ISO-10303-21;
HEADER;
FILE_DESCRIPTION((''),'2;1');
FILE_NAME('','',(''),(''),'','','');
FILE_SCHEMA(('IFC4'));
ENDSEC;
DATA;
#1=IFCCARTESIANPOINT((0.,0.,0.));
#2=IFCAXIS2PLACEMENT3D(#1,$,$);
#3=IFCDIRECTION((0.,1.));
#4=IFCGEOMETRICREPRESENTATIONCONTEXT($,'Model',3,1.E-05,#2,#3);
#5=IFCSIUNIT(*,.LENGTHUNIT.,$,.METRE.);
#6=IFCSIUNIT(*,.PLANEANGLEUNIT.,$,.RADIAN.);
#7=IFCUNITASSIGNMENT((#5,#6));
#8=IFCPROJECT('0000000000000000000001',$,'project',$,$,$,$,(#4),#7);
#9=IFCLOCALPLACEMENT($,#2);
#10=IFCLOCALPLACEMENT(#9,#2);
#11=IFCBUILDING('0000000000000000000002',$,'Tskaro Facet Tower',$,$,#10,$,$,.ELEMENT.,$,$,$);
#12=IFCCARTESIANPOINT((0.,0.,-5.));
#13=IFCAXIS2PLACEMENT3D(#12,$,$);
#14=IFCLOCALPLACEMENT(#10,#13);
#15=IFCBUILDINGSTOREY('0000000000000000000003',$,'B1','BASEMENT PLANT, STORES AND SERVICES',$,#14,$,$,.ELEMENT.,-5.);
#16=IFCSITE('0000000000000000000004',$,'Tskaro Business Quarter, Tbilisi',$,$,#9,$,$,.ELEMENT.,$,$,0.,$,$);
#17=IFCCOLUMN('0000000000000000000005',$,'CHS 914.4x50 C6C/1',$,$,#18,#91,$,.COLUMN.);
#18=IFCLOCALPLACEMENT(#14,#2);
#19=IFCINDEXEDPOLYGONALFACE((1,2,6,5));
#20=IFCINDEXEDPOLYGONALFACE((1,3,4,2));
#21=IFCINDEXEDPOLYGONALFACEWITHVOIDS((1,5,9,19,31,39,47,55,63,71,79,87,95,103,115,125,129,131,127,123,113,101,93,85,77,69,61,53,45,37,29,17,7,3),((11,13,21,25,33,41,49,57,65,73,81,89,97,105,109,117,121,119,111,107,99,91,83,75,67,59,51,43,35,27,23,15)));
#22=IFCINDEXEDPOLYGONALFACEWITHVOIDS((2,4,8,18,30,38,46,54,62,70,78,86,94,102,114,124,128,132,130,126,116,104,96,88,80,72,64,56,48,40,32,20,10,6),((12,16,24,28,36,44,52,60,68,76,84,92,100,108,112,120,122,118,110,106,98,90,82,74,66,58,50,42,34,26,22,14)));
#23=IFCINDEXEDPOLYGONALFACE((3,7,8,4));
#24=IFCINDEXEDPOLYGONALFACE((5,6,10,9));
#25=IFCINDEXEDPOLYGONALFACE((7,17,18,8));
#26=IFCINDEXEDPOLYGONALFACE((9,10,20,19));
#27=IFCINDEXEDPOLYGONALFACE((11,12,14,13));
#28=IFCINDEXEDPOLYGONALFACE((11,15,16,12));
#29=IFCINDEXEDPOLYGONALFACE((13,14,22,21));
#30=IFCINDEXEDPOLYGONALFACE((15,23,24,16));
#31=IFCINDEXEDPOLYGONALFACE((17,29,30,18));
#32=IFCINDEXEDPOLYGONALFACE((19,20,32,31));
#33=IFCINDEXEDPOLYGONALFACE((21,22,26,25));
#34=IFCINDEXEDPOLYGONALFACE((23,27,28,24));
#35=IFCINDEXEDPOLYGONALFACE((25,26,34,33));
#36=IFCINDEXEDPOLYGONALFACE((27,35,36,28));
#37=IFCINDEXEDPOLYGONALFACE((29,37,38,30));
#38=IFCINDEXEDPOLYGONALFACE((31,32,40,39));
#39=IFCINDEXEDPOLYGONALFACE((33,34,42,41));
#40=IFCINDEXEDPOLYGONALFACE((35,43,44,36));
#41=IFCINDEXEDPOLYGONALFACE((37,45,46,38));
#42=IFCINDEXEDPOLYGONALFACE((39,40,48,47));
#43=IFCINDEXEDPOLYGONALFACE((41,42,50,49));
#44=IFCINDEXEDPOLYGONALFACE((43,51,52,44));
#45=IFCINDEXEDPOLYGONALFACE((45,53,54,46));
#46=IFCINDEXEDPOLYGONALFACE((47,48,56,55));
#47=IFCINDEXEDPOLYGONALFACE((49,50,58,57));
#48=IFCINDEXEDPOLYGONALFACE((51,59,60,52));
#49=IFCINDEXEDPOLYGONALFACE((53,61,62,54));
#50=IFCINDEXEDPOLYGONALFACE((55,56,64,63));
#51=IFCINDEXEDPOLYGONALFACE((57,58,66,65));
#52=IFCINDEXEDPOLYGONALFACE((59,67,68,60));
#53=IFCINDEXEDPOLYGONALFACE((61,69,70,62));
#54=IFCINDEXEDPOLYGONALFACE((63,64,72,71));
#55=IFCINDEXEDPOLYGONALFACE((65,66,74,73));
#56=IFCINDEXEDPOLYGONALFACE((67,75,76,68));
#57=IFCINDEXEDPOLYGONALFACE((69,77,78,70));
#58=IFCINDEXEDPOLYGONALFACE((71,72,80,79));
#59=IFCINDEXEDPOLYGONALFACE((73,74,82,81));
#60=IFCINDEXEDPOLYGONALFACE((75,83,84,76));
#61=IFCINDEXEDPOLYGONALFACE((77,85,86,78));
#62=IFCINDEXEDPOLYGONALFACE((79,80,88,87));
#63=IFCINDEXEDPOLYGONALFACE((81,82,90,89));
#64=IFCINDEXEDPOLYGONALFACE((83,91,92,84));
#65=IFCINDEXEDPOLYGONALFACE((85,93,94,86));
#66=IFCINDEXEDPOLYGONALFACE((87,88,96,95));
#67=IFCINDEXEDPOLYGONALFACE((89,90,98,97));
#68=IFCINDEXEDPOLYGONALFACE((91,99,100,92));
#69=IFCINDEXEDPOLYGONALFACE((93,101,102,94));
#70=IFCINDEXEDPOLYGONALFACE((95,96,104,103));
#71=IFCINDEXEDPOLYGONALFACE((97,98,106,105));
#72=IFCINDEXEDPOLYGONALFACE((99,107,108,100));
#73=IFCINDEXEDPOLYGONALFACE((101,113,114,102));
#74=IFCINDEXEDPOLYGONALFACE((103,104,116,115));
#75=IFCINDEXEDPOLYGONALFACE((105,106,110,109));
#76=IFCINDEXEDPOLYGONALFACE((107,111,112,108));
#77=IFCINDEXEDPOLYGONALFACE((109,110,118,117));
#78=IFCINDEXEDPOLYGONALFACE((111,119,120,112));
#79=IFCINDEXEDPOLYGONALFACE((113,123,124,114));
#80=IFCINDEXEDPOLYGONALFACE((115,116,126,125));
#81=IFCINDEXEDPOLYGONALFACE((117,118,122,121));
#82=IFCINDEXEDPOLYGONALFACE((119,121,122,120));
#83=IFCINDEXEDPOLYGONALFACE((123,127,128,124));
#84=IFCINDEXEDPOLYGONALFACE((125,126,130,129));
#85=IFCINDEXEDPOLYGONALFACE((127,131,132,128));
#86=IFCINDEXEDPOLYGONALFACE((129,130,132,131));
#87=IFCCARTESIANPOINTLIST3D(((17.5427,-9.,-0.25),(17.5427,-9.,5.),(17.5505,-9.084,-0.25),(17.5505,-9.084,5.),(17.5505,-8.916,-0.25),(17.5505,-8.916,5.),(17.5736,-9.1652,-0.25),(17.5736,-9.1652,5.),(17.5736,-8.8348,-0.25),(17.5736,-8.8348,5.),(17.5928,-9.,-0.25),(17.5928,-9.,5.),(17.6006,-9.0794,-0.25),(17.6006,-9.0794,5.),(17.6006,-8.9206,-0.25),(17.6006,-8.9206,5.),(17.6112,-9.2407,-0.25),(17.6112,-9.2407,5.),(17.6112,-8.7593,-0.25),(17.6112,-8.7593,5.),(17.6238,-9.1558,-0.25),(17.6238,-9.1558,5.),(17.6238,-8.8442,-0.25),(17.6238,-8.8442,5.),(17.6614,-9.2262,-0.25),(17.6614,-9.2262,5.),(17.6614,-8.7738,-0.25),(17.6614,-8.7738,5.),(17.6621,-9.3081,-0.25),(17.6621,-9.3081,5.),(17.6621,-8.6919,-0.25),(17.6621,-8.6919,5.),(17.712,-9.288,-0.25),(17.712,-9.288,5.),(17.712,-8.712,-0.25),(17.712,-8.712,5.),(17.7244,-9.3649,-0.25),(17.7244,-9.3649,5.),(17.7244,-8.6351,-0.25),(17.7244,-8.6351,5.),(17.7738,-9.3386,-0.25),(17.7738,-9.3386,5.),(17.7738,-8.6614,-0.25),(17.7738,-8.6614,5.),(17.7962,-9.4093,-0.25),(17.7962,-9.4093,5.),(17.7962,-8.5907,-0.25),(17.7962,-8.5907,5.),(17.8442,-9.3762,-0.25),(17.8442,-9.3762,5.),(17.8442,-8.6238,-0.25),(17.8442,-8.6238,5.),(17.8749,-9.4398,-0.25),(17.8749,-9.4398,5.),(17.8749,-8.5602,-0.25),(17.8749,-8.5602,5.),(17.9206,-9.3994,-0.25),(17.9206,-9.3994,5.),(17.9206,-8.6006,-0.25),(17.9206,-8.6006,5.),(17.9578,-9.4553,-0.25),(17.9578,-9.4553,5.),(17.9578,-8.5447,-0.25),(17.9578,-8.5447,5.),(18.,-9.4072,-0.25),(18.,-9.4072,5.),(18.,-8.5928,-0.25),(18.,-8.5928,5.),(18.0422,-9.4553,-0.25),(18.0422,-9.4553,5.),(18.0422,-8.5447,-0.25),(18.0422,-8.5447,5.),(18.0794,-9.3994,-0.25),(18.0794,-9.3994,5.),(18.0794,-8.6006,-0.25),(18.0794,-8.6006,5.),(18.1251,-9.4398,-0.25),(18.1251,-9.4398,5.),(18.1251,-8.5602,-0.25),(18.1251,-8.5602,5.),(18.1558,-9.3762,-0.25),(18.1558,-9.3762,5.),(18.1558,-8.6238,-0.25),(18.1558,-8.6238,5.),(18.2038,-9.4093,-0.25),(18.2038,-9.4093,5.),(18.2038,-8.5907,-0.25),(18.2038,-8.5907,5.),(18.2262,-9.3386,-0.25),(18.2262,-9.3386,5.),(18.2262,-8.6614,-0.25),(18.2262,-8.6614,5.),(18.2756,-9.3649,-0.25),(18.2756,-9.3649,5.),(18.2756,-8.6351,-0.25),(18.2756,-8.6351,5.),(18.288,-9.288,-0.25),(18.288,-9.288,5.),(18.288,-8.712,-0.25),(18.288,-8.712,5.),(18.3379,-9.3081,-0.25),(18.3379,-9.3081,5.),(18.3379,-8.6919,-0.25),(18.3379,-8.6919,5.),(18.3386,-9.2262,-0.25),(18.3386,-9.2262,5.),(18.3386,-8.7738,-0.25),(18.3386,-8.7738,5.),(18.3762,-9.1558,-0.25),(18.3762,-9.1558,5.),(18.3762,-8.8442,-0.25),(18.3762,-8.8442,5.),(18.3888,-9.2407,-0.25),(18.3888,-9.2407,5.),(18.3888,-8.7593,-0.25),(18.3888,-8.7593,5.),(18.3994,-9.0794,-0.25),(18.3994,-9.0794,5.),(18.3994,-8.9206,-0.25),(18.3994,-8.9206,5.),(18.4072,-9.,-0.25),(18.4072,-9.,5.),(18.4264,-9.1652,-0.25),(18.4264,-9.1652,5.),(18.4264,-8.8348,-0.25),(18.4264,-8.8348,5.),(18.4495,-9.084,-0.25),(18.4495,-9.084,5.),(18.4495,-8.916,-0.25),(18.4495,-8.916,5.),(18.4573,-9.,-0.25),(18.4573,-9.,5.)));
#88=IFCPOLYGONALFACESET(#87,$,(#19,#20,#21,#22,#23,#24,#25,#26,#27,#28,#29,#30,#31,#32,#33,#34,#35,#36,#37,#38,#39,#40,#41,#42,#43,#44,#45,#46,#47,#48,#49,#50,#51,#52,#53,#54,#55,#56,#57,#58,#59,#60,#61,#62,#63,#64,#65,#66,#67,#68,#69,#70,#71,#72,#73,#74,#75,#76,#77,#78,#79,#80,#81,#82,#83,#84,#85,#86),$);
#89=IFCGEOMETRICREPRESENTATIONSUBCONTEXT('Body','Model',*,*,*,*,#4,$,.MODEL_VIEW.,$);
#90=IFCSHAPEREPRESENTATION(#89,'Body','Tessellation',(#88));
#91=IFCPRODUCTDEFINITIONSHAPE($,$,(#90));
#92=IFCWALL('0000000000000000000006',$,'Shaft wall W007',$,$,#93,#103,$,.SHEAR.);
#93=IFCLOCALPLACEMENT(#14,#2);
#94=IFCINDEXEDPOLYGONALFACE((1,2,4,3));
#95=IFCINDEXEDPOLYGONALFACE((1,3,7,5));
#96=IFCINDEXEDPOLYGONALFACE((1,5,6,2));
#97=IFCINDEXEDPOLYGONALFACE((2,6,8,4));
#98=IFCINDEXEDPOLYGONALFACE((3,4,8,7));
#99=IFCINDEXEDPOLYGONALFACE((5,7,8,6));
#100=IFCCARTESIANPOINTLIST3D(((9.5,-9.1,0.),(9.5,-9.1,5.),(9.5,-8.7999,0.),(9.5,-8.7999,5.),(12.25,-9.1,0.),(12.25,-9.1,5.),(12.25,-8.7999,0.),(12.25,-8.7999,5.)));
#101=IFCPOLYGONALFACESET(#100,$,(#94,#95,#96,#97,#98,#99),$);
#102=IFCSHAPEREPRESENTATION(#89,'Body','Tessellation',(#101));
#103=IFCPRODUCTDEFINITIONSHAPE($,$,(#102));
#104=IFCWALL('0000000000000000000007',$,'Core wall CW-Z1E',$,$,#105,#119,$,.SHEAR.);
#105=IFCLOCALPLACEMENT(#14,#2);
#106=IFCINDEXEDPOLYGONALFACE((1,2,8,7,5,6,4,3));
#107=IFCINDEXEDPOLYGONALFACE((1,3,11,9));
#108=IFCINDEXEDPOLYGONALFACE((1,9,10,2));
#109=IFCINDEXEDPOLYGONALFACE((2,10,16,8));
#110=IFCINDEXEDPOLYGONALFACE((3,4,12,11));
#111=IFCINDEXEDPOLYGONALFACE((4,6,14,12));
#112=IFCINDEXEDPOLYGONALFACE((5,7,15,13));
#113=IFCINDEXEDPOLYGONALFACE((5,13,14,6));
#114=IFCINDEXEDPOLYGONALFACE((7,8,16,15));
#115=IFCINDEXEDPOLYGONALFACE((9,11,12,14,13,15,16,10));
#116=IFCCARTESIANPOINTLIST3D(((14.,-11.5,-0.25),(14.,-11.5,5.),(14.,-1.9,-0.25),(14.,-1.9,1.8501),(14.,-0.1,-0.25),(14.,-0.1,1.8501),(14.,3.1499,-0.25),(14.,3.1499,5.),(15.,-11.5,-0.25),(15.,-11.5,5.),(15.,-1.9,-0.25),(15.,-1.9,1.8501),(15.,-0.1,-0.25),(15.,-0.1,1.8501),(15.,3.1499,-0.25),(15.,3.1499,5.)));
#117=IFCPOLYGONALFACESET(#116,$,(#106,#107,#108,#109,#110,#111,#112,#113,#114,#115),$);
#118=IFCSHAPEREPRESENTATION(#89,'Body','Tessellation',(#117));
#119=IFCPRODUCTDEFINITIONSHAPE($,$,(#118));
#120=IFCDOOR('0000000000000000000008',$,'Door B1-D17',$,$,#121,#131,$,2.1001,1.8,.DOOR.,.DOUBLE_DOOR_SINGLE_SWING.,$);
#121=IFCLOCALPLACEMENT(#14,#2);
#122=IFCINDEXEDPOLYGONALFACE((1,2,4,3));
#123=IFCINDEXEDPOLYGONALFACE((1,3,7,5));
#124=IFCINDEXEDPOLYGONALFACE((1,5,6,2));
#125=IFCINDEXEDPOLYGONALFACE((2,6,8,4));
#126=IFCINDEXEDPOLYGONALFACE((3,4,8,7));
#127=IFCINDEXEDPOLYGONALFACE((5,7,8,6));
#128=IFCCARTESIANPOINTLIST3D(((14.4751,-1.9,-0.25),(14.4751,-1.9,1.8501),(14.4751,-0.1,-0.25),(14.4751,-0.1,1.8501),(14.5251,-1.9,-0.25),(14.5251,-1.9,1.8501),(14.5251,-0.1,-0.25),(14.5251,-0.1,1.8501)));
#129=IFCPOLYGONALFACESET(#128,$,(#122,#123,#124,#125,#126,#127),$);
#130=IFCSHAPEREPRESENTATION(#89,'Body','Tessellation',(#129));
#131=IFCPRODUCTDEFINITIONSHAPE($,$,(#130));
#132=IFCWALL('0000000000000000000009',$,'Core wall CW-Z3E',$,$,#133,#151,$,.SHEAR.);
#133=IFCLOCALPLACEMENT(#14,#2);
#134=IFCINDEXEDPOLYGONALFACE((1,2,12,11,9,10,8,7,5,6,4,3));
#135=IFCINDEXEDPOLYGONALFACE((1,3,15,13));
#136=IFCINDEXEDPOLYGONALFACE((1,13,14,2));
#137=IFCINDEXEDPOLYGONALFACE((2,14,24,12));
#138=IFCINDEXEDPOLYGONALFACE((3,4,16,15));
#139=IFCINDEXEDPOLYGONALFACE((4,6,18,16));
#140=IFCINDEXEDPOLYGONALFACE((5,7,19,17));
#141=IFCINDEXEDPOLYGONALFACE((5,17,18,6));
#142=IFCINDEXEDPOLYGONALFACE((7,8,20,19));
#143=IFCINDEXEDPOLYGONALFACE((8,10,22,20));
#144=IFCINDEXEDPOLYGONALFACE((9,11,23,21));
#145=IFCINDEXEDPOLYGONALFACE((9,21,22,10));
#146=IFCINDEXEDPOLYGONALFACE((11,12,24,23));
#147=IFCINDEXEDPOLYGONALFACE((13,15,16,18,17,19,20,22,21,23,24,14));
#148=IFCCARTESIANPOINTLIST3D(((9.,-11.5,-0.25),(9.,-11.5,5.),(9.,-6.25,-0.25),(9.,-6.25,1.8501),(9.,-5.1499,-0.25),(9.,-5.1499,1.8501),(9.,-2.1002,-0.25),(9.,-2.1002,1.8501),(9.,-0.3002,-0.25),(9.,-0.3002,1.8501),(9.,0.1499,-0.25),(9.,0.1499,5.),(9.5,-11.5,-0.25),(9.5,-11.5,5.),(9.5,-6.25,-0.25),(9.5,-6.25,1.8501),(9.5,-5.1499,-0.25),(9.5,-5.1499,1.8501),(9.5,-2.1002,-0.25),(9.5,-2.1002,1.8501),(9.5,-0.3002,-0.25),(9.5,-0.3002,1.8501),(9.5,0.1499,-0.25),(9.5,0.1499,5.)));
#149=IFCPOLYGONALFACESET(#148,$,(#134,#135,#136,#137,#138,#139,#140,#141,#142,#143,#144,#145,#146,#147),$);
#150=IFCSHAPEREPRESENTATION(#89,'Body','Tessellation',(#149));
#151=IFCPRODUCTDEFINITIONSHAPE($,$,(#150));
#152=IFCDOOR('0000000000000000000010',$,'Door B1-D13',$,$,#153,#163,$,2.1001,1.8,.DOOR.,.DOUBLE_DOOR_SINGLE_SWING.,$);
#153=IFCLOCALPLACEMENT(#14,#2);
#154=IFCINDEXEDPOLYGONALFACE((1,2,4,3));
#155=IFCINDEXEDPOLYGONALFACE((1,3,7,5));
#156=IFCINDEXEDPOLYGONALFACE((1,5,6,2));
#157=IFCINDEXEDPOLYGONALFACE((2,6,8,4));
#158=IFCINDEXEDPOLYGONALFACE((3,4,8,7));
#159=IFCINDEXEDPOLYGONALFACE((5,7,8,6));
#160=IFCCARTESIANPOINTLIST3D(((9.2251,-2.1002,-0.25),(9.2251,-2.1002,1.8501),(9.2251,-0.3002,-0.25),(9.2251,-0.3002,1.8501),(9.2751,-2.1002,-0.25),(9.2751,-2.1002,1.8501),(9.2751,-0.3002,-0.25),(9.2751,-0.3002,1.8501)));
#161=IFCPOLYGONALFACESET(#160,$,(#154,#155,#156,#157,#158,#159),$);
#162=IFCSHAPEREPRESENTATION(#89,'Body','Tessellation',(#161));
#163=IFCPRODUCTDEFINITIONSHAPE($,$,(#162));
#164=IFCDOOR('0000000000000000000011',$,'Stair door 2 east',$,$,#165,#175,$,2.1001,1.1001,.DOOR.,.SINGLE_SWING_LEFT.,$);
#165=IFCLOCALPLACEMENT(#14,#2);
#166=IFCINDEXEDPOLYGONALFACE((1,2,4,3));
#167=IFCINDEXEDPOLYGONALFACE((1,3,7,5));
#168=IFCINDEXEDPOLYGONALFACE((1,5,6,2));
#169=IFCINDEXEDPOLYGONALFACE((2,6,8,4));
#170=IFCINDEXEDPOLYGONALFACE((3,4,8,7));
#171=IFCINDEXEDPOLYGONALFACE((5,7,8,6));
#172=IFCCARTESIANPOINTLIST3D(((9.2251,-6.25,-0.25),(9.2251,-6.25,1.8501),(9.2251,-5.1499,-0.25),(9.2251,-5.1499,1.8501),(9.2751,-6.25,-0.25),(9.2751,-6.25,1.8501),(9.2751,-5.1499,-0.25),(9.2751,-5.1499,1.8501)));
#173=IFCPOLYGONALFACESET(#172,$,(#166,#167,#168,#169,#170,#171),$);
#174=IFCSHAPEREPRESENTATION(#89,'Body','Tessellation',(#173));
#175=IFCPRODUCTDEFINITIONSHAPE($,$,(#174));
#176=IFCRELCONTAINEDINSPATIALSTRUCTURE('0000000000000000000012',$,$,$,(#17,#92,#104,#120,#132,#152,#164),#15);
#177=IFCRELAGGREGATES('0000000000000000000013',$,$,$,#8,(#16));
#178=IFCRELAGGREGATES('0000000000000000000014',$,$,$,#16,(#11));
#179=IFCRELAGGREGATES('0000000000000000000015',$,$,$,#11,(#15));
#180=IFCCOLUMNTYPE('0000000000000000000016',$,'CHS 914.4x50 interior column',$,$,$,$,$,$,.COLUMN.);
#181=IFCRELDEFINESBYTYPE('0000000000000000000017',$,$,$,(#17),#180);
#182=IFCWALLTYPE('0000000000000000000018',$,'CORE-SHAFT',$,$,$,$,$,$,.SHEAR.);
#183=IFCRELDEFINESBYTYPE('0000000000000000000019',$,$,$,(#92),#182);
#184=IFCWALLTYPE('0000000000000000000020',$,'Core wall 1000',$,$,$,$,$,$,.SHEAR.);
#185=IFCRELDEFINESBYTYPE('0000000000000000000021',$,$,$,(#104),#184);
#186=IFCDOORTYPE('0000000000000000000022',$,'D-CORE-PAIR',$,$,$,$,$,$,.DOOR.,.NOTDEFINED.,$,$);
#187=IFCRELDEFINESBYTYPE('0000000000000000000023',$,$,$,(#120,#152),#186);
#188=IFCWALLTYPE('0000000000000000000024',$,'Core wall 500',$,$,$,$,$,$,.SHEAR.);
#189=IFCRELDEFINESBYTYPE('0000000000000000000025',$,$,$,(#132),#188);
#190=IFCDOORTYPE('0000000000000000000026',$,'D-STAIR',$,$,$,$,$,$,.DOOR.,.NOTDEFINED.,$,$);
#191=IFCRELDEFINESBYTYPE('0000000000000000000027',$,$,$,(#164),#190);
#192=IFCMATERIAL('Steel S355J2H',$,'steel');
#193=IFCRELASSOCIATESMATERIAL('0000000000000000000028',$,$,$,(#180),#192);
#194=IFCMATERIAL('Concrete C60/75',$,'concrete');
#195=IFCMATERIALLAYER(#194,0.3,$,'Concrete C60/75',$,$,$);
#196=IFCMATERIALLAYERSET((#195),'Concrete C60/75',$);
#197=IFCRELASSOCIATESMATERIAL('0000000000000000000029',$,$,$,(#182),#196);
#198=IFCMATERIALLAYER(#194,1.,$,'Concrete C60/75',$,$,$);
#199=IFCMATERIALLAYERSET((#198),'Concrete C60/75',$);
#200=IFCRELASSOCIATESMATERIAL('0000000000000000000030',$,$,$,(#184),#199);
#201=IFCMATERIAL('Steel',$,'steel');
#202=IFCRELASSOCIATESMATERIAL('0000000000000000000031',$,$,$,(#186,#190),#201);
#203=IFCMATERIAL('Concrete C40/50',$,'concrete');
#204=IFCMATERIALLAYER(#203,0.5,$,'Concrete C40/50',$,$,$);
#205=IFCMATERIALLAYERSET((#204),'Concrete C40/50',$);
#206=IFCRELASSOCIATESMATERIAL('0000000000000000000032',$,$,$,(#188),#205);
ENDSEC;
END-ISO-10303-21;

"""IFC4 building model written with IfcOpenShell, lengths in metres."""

from ifc_helpers import new_model, si_unit, direction, frame, frame_2d, origin, origin_2d, place, context, subcontext, project, spatial, rectangle, hollow_circle, extrude, material, layer, layer_set, material_profile, profile_set, type_object, element, fill, save


model = new_model("IFC4")

# Units and contexts
model_context = context("Model", 3, precision=1e-05, world=origin(), true_north=direction((0.0, 1.0)))
body_context = subcontext(model_context, "Body", "Model", "MODEL_VIEW")
ifc_project = project(units=[si_unit("LENGTHUNIT", "METRE"), si_unit("PLANEANGLEUNIT", "RADIAN")], contexts=[model_context])

# Site, building, storey
site_placement = place(None, origin())
site = spatial("IfcSite", under=ifc_project, at=site_placement, Name="Tskaro Business Quarter, Tbilisi", CompositionType="ELEMENT", RefElevation=0.0)
building_placement = place(site_placement, origin())
building = spatial("IfcBuilding", under=site, at=building_placement, Name="Tskaro Facet Tower", CompositionType="ELEMENT")
storey_placement = place(building_placement, frame((0.0, 0.0, -5.0)))
storey = spatial("IfcBuildingStorey", under=building, at=storey_placement, Name="B1", Description="BASEMENT PLANT, STORES AND SERVICES", CompositionType="ELEMENT", Elevation=-5.0)

# Column
ifc_material_1 = material(Name="Steel S355J2H", Category="steel")
ifc_material_profile_1 = material_profile(ifc_material_1, hollow_circle(Radius=0.4573, WallThickness=0.05, at=origin_2d()), Name="CHS 914.4x50")
ifc_profile_set_1 = profile_set([ifc_material_profile_1], Name="Steel S355J2H")
column_type_1 = type_object("IfcColumnType", Name="CHS 914.4x50 interior column", PredefinedType="COLUMN", material=ifc_profile_set_1)
column_placement = place(storey_placement, frame((18.0, -9.0, -0.25), z_axis=(0.0, 0.0, 1.0), x_axis=(1.0, 0.0, 0.0)))
element("IfcColumn", 1, at=column_placement, inside=storey, type_object=column_type_1, Name="CHS 914.4x50 C6C/1", PredefinedType="COLUMN", context=body_context, shape_type="SweptSolid", body=[
    extrude(hollow_circle(Radius=0.4573, WallThickness=0.05, at=origin_2d()), origin(), (0.0, 0.0, 1.0), 5.25),
])

# Wall
ifc_material_2 = material(Name="Concrete C60/75", Category="concrete")
ifc_layer_1 = layer(ifc_material_2, 0.3, Name="Concrete C60/75")
ifc_layer_set_1 = layer_set([ifc_layer_1], Name="Concrete C60/75")
wall_type_1 = type_object("IfcWallType", Name="CORE-SHAFT", PredefinedType="SHEAR", material=ifc_layer_set_1)
wall_1_placement = place(storey_placement, frame((9.5, -8.95, 0.0), z_axis=(0.0, 0.0, 1.0), x_axis=(1.0, 0.0, 0.0)))
element("IfcWall", 2, at=wall_1_placement, inside=storey, type_object=wall_type_1, Name="Shaft wall W007", PredefinedType="SHEAR", context=body_context, shape_type="SweptSolid", body=[
    extrude(rectangle(XDim=2.75, YDim=0.3, at=frame_2d((1.375, 0.0))), origin(), (0.0, 0.0, 1.0), 5.0),
])

# Wall, opening, door
ifc_layer_2 = layer(ifc_material_2, 1.0, Name="Concrete C60/75")
ifc_layer_set_2 = layer_set([ifc_layer_2], Name="Concrete C60/75")
wall_type_2 = type_object("IfcWallType", Name="Core wall 1000", PredefinedType="SHEAR", material=ifc_layer_set_2)
wall_2_placement = place(storey_placement, frame((14.5, -11.5, -0.25), z_axis=(0.0, 0.0, 1.0), x_axis=(0.0, 1.0, 0.0)))
wall_2 = element("IfcWall", 3, at=wall_2_placement, inside=storey, type_object=wall_type_2, Name="Core wall CW-Z1E", PredefinedType="SHEAR", context=body_context, shape_type="SweptSolid", body=[
    extrude(rectangle(XDim=14.6499, YDim=1.0, at=frame_2d((7.325, 0.0))), origin(), (0.0, 0.0, 1.0), 5.25),
])
opening_1_placement = place(wall_2_placement, frame((9.6001, 0.0, 0.0)))
opening_1 = element("IfcOpeningElement", 4, at=opening_1_placement, cuts=wall_2, PredefinedType="OPENING", context=body_context, shape_type="SweptSolid", body=[
    extrude(rectangle(XDim=1.8, YDim=2.1001, at=frame_2d((0.8999, 1.05))), frame((0.0, 0.51, 0.0), z_axis=(0.0, -1.0, 0.0), x_axis=(1.0, 0.0, 0.0)), (0.0, 0.0, 1.0), 1.02),
])
ifc_material_3 = material(Name="Steel", Category="steel")
door_type_1 = type_object("IfcDoorType", Name="D-CORE-PAIR", OperationType="NOTDEFINED", PredefinedType="DOOR", material=ifc_material_3)
door_1_placement = place(opening_1_placement, origin())
door_1 = element("IfcDoor", 5, at=door_1_placement, inside=storey, type_object=door_type_1, Name="Door B1-D17", OperationType="DOUBLE_DOOR_SINGLE_SWING", OverallHeight=2.1001, OverallWidth=1.8, PredefinedType="DOOR", context=body_context, shape_type="SweptSolid", body=[
    extrude(rectangle(XDim=1.8, YDim=2.1001, at=frame_2d((0.8999, 1.05))), frame((0.0, 0.0249, 0.0), z_axis=(0.0, -1.0, 0.0), x_axis=(1.0, 0.0, 0.0)), (0.0, 0.0, 1.0), 0.05),
])
fill(opening_1, door_1)

# Wall, openings, doors
ifc_material_4 = material(Name="Concrete C40/50", Category="concrete")
ifc_layer_3 = layer(ifc_material_4, 0.5, Name="Concrete C40/50")
ifc_layer_set_3 = layer_set([ifc_layer_3], Name="Concrete C40/50")
wall_type_3 = type_object("IfcWallType", Name="Core wall 500", PredefinedType="SHEAR", material=ifc_layer_set_3)
wall_3_placement = place(storey_placement, frame((9.25, -11.5, -0.25), z_axis=(0.0, 0.0, 1.0), x_axis=(0.0, 1.0, 0.0)))
wall_3 = element("IfcWall", 6, at=wall_3_placement, inside=storey, type_object=wall_type_3, Name="Core wall CW-Z3E", PredefinedType="SHEAR", context=body_context, shape_type="SweptSolid", body=[
    extrude(rectangle(XDim=11.6499, YDim=0.5, at=frame_2d((5.825, 0.0))), origin(), (0.0, 0.0, 1.0), 5.25),
])
opening_2_placement = place(wall_3_placement, frame((9.3999, 0.0, 0.0)))
opening_2 = element("IfcOpeningElement", 7, at=opening_2_placement, cuts=wall_3, PredefinedType="OPENING", context=body_context, shape_type="SweptSolid", body=[
    extrude(rectangle(XDim=1.8, YDim=2.1001, at=frame_2d((0.8999, 1.05))), frame((0.0, 0.26, 0.0), z_axis=(0.0, -1.0, 0.0), x_axis=(1.0, 0.0, 0.0)), (0.0, 0.0, 1.0), 0.52),
])
opening_3_placement = place(wall_3_placement, frame((5.25, 0.0, 0.0)))
opening_3 = element("IfcOpeningElement", 8, at=opening_3_placement, cuts=wall_3, PredefinedType="OPENING", context=body_context, shape_type="SweptSolid", body=[
    extrude(rectangle(XDim=1.1001, YDim=2.1001, at=frame_2d((0.55, 1.05))), frame((0.0, 0.26, 0.0), z_axis=(0.0, -1.0, 0.0), x_axis=(1.0, 0.0, 0.0)), (0.0, 0.0, 1.0), 0.52),
])
door_2_placement = place(opening_2_placement, origin())
door_2 = element("IfcDoor", 9, at=door_2_placement, inside=storey, type_object=door_type_1, Name="Door B1-D13", OperationType="DOUBLE_DOOR_SINGLE_SWING", OverallHeight=2.1001, OverallWidth=1.8, PredefinedType="DOOR", context=body_context, shape_type="SweptSolid", body=[
    extrude(rectangle(XDim=1.8, YDim=2.1001, at=frame_2d((0.8999, 1.05))), frame((0.0, 0.0249, 0.0), z_axis=(0.0, -1.0, 0.0), x_axis=(1.0, 0.0, 0.0)), (0.0, 0.0, 1.0), 0.05),
])
fill(opening_2, door_2)
door_type_2 = type_object("IfcDoorType", Name="D-STAIR", OperationType="NOTDEFINED", PredefinedType="DOOR", material=ifc_material_3)
door_3_placement = place(opening_3_placement, origin())
door_3 = element("IfcDoor", 10, at=door_3_placement, inside=storey, type_object=door_type_2, Name="Stair door 2 east", OperationType="SINGLE_SWING_LEFT", OverallHeight=2.1001, OverallWidth=1.1001, PredefinedType="DOOR", context=body_context, shape_type="SweptSolid", body=[
    extrude(rectangle(XDim=1.1001, YDim=2.1001, at=frame_2d((0.55, 1.05))), frame((0.0, 0.0249, 0.0), z_axis=(0.0, -1.0, 0.0), x_axis=(1.0, 0.0, 0.0)), (0.0, 0.0, 1.0), 0.05),
])
fill(opening_3, door_3)

save(model, "model.ifc")
